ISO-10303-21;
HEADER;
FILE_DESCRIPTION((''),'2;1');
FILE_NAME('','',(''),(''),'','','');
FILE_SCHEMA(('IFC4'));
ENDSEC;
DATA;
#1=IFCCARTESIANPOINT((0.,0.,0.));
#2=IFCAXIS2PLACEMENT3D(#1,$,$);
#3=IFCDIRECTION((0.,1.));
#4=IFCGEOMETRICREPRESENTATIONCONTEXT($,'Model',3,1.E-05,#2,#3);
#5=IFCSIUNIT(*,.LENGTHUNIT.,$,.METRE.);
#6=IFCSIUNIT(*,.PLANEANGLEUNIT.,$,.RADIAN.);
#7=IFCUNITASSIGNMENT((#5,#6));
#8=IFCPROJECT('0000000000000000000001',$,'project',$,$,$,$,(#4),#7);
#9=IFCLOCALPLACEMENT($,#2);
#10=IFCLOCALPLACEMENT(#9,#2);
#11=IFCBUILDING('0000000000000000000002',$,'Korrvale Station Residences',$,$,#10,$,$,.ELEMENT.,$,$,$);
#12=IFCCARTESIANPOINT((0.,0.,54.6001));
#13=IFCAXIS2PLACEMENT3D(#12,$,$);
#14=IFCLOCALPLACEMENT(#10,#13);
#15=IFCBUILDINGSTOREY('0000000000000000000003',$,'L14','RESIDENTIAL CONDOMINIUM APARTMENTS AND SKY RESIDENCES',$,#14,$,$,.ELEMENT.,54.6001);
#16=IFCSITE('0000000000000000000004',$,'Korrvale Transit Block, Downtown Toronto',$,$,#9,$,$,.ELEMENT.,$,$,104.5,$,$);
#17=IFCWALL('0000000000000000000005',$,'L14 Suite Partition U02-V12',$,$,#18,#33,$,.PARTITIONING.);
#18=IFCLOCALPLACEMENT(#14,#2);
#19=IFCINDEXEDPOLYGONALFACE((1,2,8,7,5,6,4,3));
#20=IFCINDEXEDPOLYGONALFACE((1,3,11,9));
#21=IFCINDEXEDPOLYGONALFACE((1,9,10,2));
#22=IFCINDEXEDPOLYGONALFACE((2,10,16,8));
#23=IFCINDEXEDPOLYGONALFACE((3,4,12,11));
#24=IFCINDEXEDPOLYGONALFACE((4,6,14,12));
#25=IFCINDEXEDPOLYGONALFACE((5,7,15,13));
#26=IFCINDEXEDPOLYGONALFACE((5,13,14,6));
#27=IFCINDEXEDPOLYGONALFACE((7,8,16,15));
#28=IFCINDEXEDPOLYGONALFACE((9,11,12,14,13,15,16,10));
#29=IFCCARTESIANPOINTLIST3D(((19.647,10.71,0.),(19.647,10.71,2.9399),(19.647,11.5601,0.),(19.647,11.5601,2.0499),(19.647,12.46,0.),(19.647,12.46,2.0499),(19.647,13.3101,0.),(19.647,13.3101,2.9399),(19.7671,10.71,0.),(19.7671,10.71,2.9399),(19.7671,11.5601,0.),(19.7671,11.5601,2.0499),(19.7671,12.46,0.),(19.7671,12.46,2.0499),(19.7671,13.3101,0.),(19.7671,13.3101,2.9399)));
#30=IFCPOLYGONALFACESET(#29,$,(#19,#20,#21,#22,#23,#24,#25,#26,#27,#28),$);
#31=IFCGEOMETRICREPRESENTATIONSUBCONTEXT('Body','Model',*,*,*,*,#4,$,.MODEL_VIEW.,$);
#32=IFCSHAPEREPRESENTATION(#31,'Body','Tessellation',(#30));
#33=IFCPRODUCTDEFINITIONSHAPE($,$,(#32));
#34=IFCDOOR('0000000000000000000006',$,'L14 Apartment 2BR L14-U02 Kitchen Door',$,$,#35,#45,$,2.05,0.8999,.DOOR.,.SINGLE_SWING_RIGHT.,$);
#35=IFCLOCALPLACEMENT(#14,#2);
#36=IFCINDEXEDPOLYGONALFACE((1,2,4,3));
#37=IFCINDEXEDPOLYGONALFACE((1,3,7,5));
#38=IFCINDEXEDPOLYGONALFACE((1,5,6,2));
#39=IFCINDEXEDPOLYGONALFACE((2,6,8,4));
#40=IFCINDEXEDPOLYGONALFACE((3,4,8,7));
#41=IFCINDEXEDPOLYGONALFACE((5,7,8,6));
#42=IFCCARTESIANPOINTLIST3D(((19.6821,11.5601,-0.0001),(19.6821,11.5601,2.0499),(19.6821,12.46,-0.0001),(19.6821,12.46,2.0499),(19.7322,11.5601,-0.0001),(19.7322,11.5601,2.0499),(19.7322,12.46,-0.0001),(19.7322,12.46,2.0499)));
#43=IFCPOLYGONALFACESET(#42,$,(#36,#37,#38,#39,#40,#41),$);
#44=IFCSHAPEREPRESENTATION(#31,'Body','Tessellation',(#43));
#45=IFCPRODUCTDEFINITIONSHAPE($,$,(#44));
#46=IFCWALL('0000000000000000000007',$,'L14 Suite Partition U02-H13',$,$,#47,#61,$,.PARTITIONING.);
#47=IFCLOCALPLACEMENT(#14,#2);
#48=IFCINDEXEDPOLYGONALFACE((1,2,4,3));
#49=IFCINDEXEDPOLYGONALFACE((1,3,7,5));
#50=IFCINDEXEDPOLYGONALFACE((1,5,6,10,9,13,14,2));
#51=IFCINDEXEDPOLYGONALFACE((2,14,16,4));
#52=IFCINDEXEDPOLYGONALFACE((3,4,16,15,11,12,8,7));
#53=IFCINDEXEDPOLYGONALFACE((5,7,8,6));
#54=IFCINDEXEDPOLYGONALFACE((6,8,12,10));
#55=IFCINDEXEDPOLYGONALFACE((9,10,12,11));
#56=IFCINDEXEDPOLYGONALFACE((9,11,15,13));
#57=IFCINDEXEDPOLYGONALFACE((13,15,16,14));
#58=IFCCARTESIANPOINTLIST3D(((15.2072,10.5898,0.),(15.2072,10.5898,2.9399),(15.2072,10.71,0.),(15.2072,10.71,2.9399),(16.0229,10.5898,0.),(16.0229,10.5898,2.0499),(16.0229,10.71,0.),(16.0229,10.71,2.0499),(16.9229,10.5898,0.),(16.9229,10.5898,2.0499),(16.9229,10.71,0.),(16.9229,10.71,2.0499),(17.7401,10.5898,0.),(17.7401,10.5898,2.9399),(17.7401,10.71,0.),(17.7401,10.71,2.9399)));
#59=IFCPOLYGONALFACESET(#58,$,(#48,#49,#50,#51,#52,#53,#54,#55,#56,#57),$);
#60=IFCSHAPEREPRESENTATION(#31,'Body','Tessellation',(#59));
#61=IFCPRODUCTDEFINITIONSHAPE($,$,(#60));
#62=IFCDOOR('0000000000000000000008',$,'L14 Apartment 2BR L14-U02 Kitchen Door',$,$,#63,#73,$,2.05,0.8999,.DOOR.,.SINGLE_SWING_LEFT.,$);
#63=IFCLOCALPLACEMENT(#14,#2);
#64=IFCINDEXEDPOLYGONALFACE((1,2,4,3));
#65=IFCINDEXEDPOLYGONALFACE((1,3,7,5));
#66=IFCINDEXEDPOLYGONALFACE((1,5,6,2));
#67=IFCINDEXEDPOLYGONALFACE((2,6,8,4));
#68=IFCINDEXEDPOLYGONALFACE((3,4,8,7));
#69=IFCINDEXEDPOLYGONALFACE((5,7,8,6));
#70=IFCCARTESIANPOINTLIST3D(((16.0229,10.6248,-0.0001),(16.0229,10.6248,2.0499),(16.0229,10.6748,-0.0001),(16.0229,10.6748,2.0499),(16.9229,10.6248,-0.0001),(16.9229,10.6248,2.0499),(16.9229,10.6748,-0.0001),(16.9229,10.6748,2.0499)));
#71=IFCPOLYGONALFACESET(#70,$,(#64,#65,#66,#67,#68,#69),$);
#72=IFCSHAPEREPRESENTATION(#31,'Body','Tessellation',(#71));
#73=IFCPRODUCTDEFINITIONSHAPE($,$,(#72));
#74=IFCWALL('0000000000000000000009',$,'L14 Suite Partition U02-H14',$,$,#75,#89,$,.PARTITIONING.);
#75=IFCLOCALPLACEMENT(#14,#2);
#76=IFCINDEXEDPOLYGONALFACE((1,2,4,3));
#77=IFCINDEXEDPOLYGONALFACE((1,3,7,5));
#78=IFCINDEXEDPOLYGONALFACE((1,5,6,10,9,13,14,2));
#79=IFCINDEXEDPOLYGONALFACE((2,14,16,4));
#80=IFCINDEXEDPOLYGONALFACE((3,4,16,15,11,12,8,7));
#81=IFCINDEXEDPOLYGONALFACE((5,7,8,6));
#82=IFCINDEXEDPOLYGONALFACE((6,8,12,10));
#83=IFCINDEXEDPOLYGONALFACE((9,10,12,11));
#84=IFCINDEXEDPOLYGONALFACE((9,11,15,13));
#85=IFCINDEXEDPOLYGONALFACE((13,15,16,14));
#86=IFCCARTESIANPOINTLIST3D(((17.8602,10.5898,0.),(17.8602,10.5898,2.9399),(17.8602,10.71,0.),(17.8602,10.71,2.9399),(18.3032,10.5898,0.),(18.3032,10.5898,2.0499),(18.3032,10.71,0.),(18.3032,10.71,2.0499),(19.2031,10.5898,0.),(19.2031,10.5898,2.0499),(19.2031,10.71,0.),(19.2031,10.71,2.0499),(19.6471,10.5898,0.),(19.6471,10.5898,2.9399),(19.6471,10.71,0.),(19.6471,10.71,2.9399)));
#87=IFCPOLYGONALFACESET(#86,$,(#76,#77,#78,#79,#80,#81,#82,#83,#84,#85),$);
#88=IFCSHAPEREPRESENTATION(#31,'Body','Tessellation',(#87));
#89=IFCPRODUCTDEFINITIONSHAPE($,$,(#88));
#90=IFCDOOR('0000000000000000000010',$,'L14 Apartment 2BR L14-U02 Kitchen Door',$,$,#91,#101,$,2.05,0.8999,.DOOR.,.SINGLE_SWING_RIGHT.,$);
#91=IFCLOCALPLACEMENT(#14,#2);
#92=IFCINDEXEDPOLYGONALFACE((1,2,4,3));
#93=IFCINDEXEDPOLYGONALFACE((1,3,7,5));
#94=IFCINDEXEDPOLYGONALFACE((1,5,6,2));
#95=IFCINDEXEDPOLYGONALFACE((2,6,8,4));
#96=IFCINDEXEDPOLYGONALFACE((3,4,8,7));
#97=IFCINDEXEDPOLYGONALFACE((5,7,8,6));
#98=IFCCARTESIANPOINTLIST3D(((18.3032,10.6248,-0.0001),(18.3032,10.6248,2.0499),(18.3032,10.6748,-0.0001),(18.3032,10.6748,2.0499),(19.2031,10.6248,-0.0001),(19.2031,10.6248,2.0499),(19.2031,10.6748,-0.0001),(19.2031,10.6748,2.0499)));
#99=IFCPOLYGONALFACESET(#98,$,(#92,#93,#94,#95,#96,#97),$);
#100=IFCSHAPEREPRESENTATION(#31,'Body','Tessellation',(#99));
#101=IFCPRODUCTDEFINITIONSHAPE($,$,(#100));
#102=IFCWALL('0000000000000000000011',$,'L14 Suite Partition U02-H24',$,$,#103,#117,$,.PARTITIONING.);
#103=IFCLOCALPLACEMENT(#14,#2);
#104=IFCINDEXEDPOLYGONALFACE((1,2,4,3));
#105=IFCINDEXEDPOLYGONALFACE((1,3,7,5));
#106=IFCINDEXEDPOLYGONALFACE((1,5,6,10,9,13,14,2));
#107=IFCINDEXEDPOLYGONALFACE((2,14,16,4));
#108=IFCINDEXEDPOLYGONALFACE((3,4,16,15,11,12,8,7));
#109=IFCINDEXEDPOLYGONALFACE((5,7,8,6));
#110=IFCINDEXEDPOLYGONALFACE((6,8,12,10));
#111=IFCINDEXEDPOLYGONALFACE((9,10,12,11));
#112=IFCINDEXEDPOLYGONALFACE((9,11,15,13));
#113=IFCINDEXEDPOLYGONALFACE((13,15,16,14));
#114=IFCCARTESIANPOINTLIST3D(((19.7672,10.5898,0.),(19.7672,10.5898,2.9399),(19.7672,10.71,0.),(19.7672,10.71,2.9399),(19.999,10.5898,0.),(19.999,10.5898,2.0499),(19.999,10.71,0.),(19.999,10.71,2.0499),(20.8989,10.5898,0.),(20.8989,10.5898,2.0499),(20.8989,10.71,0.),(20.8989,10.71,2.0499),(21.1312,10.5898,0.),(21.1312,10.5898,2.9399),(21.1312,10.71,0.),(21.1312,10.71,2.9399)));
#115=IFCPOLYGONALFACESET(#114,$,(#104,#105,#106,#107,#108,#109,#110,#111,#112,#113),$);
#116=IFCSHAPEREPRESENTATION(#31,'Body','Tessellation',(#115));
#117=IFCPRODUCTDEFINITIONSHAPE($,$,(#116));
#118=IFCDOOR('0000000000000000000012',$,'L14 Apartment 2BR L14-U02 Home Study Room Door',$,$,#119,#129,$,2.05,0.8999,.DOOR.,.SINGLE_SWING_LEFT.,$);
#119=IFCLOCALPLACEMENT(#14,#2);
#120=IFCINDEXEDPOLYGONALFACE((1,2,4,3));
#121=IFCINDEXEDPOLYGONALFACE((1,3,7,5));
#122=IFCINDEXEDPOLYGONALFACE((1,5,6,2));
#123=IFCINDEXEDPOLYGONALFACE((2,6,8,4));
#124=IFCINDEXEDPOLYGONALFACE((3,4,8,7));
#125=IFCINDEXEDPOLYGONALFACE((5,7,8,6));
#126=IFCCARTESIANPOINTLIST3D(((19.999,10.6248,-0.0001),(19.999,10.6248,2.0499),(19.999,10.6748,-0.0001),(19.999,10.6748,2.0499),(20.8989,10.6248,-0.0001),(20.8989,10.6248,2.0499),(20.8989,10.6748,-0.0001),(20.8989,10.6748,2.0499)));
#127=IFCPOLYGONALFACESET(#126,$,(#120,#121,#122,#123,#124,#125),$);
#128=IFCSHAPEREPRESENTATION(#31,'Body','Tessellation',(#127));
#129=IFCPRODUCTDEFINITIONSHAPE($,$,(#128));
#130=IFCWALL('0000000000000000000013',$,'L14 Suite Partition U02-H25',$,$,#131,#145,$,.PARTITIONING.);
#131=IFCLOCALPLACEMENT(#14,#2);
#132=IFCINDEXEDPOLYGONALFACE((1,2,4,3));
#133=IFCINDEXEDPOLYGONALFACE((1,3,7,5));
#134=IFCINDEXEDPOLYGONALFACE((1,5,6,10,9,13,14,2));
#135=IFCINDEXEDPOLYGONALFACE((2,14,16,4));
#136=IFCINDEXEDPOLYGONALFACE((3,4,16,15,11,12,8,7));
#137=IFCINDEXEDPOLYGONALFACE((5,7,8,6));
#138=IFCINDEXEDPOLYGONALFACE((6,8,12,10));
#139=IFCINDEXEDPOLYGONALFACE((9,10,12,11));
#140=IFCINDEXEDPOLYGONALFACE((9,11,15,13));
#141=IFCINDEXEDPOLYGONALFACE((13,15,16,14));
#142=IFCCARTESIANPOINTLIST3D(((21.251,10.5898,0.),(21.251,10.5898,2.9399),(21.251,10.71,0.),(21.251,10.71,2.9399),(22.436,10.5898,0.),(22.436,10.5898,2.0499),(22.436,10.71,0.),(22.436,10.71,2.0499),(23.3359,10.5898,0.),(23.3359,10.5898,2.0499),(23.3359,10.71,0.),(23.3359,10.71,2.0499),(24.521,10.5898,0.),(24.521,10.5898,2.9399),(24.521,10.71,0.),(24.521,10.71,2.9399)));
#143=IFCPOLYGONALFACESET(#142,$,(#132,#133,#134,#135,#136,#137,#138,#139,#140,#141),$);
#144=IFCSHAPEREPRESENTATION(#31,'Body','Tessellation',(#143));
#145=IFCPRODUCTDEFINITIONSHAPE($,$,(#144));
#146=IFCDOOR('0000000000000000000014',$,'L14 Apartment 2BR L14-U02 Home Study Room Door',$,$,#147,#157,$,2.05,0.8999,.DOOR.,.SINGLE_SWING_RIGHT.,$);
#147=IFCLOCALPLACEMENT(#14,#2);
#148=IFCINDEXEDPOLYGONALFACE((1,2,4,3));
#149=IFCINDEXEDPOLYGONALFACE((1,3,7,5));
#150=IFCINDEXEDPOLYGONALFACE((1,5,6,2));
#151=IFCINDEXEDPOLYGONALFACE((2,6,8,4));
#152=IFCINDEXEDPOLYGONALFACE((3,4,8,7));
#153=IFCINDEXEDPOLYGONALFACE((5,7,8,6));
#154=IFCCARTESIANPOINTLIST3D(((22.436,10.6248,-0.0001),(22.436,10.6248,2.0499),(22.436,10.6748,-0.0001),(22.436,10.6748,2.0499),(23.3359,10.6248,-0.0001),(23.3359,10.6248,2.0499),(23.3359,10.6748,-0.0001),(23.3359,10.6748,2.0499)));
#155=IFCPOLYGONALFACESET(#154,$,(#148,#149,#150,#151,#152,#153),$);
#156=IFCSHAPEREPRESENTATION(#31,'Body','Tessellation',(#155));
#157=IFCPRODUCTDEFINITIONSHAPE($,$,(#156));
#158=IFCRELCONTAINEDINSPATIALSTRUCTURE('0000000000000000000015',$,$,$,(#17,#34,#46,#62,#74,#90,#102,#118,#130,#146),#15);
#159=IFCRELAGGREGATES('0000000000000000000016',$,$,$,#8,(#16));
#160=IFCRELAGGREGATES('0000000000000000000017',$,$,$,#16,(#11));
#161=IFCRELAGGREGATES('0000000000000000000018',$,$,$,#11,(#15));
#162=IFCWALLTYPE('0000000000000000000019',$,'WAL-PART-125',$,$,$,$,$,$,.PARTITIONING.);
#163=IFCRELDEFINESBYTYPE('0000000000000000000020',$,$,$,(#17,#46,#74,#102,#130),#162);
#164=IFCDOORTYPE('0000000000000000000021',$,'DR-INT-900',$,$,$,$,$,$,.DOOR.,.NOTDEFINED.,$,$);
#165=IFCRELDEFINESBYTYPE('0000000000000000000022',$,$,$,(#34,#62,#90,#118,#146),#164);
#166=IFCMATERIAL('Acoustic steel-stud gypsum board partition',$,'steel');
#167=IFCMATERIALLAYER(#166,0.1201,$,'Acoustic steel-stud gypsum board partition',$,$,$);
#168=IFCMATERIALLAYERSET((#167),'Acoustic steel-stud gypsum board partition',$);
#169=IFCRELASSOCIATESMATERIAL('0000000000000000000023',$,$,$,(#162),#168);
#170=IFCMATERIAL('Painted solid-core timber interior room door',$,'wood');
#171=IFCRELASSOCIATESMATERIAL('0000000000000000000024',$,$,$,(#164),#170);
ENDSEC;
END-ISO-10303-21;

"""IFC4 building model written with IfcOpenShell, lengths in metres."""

from ifc_helpers import new_model, si_unit, direction, frame, frame_2d, origin, place, context, subcontext, project, spatial, rectangle, extrude, material, layer, layer_set, type_object, element, fill, save


model = new_model("IFC4")

# Units and contexts
model_context = context("Model", 3, precision=1e-05, world=origin(), true_north=direction((0.0, 1.0)))
body_context = subcontext(model_context, "Body", "Model", "MODEL_VIEW")
ifc_project = project(units=[si_unit("LENGTHUNIT", "METRE"), si_unit("PLANEANGLEUNIT", "RADIAN")], contexts=[model_context])

# Site, building, storey
site_placement = place(None, origin())
site = spatial("IfcSite", under=ifc_project, at=site_placement, Name="Korrvale Transit Block, Downtown Toronto", CompositionType="ELEMENT", RefElevation=104.5)
building_placement = place(site_placement, origin())
building = spatial("IfcBuilding", under=site, at=building_placement, Name="Korrvale Station Residences", CompositionType="ELEMENT")
storey_placement = place(building_placement, frame((0.0, 0.0, 54.6001)))
storey = spatial("IfcBuildingStorey", under=building, at=storey_placement, Name="L14", Description="RESIDENTIAL CONDOMINIUM APARTMENTS AND SKY RESIDENCES", CompositionType="ELEMENT", Elevation=54.6001)

# Shared definitions
ifc_material_1 = material(Name="Acoustic steel-stud gypsum board partition", Category="steel")
ifc_layer_1 = layer(ifc_material_1, 0.1201, Name="Acoustic steel-stud gypsum board partition")
ifc_layer_set_1 = layer_set([ifc_layer_1], Name="Acoustic steel-stud gypsum board partition")
wall_type_1 = type_object("IfcWallType", Name="WAL-PART-125", PredefinedType="PARTITIONING", material=ifc_layer_set_1)

# Walls, openings, doors
wall_1_placement = place(storey_placement, frame((19.707, 10.71, 0.0), z_axis=(0.0, 0.0, 1.0), x_axis=(0.0, 1.0, 0.0)))
wall_1 = element("IfcWall", 1, at=wall_1_placement, inside=storey, type_object=wall_type_1, Name="L14 Suite Partition U02-V12", PredefinedType="PARTITIONING", context=body_context, shape_type="SweptSolid", body=[
    extrude(rectangle(XDim=2.6001, YDim=0.1201, at=frame_2d((1.3, 0.0))), origin(), (0.0, 0.0, 1.0), 2.9399),
])
opening_1_placement = place(wall_1_placement, frame((0.8501, 0.0, 0.0)))
opening_1 = element("IfcOpeningElement", 2, at=opening_1_placement, cuts=wall_1, PredefinedType="OPENING", context=body_context, shape_type="SweptSolid", body=[
    extrude(rectangle(XDim=0.8999, YDim=2.05, at=frame_2d((0.45, 1.0249))), frame((0.0, 0.0701, 0.0), z_axis=(0.0, -1.0, 0.0), x_axis=(1.0, 0.0, 0.0)), (0.0, 0.0, 1.0), 0.1401),
])
ifc_material_2 = material(Name="Painted solid-core timber interior room door", Category="wood")
door_type_1 = type_object("IfcDoorType", Name="DR-INT-900", OperationType="NOTDEFINED", PredefinedType="DOOR", material=ifc_material_2)
door_1_placement = place(opening_1_placement, origin())
door_1 = element("IfcDoor", 3, at=door_1_placement, inside=storey, type_object=door_type_1, Name="L14 Apartment 2BR L14-U02 Kitchen Door", OperationType="SINGLE_SWING_RIGHT", OverallHeight=2.05, OverallWidth=0.8999, PredefinedType="DOOR", context=body_context, shape_type="SweptSolid", body=[
    extrude(rectangle(XDim=0.8999, YDim=2.05, at=frame_2d((0.45, 1.0249))), frame((0.0, 0.0249, 0.0), z_axis=(0.0, -1.0, 0.0), x_axis=(1.0, 0.0, 0.0)), (0.0, 0.0, 1.0), 0.05),
])
fill(opening_1, door_1)
wall_2_placement = place(storey_placement, frame((15.207, 10.6499, 0.0), z_axis=(0.0, 0.0, 1.0), x_axis=(1.0, 0.0, 0.0)))
wall_2 = element("IfcWall", 4, at=wall_2_placement, inside=storey, type_object=wall_type_1, Name="L14 Suite Partition U02-H13", PredefinedType="PARTITIONING", context=body_context, shape_type="SweptSolid", body=[
    extrude(rectangle(XDim=2.533, YDim=0.1201, at=frame_2d((1.2666, 0.0))), origin(), (0.0, 0.0, 1.0), 2.9399),
])
opening_2_placement = place(wall_2_placement, frame((0.8159, 0.0, 0.0)))
opening_2 = element("IfcOpeningElement", 5, at=opening_2_placement, cuts=wall_2, PredefinedType="OPENING", context=body_context, shape_type="SweptSolid", body=[
    extrude(rectangle(XDim=0.8999, YDim=2.05, at=frame_2d((0.45, 1.0249))), frame((0.0, 0.0701, 0.0), z_axis=(0.0, -1.0, 0.0), x_axis=(1.0, 0.0, 0.0)), (0.0, 0.0, 1.0), 0.1401),
])
door_2_placement = place(opening_2_placement, origin())
door_2 = element("IfcDoor", 6, at=door_2_placement, inside=storey, type_object=door_type_1, Name="L14 Apartment 2BR L14-U02 Kitchen Door", OperationType="SINGLE_SWING_LEFT", OverallHeight=2.05, OverallWidth=0.8999, PredefinedType="DOOR", context=body_context, shape_type="SweptSolid", body=[
    extrude(rectangle(XDim=0.8999, YDim=2.05, at=frame_2d((0.45, 1.0249))), frame((0.0, 0.0249, 0.0), z_axis=(0.0, -1.0, 0.0), x_axis=(1.0, 0.0, 0.0)), (0.0, 0.0, 1.0), 0.05),
])
fill(opening_2, door_2)
wall_3_placement = place(storey_placement, frame((17.8601, 10.6499, 0.0), z_axis=(0.0, 0.0, 1.0), x_axis=(1.0, 0.0, 0.0)))
wall_3 = element("IfcWall", 7, at=wall_3_placement, inside=storey, type_object=wall_type_1, Name="L14 Suite Partition U02-H14", PredefinedType="PARTITIONING", context=body_context, shape_type="SweptSolid", body=[
    extrude(rectangle(XDim=1.7869, YDim=0.1201, at=frame_2d((0.8936, 0.0))), origin(), (0.0, 0.0, 1.0), 2.9399),
])
opening_3_placement = place(wall_3_placement, frame((0.4431, 0.0, 0.0)))
opening_3 = element("IfcOpeningElement", 8, at=opening_3_placement, cuts=wall_3, PredefinedType="OPENING", context=body_context, shape_type="SweptSolid", body=[
    extrude(rectangle(XDim=0.8999, YDim=2.05, at=frame_2d((0.45, 1.0249))), frame((0.0, 0.0701, 0.0), z_axis=(0.0, -1.0, 0.0), x_axis=(1.0, 0.0, 0.0)), (0.0, 0.0, 1.0), 0.1401),
])
door_3_placement = place(opening_3_placement, origin())
door_3 = element("IfcDoor", 9, at=door_3_placement, inside=storey, type_object=door_type_1, Name="L14 Apartment 2BR L14-U02 Kitchen Door", OperationType="SINGLE_SWING_RIGHT", OverallHeight=2.05, OverallWidth=0.8999, PredefinedType="DOOR", context=body_context, shape_type="SweptSolid", body=[
    extrude(rectangle(XDim=0.8999, YDim=2.05, at=frame_2d((0.45, 1.0249))), frame((0.0, 0.0249, 0.0), z_axis=(0.0, -1.0, 0.0), x_axis=(1.0, 0.0, 0.0)), (0.0, 0.0, 1.0), 0.05),
])
fill(opening_3, door_3)
wall_4_placement = place(storey_placement, frame((19.7671, 10.6499, 0.0), z_axis=(0.0, 0.0, 1.0), x_axis=(1.0, 0.0, 0.0)))
wall_4 = element("IfcWall", 10, at=wall_4_placement, inside=storey, type_object=wall_type_1, Name="L14 Suite Partition U02-H24", PredefinedType="PARTITIONING", context=body_context, shape_type="SweptSolid", body=[
    extrude(rectangle(XDim=1.364, YDim=0.1201, at=frame_2d((0.6821, 0.0))), origin(), (0.0, 0.0, 1.0), 2.9399),
])
opening_4_placement = place(wall_4_placement, frame((0.2319, 0.0, 0.0)))
opening_4 = element("IfcOpeningElement", 11, at=opening_4_placement, cuts=wall_4, PredefinedType="OPENING", context=body_context, shape_type="SweptSolid", body=[
    extrude(rectangle(XDim=0.8999, YDim=2.05, at=frame_2d((0.45, 1.0249))), frame((0.0, 0.0701, 0.0), z_axis=(0.0, -1.0, 0.0), x_axis=(1.0, 0.0, 0.0)), (0.0, 0.0, 1.0), 0.1401),
])
door_4_placement = place(opening_4_placement, origin())
door_4 = element("IfcDoor", 12, at=door_4_placement, inside=storey, type_object=door_type_1, Name="L14 Apartment 2BR L14-U02 Home Study Room Door", OperationType="SINGLE_SWING_LEFT", OverallHeight=2.05, OverallWidth=0.8999, PredefinedType="DOOR", context=body_context, shape_type="SweptSolid", body=[
    extrude(rectangle(XDim=0.8999, YDim=2.05, at=frame_2d((0.45, 1.0249))), frame((0.0, 0.0249, 0.0), z_axis=(0.0, -1.0, 0.0), x_axis=(1.0, 0.0, 0.0)), (0.0, 0.0, 1.0), 0.05),
])
fill(opening_4, door_4)
wall_5_placement = place(storey_placement, frame((21.251, 10.6499, 0.0), z_axis=(0.0, 0.0, 1.0), x_axis=(1.0, 0.0, 0.0)))
wall_5 = element("IfcWall", 13, at=wall_5_placement, inside=storey, type_object=wall_type_1, Name="L14 Suite Partition U02-H25", PredefinedType="PARTITIONING", context=body_context, shape_type="SweptSolid", body=[
    extrude(rectangle(XDim=3.27, YDim=0.1201, at=frame_2d((1.635, 0.0))), origin(), (0.0, 0.0, 1.0), 2.9399),
])
opening_5_placement = place(wall_5_placement, frame((1.1851, 0.0, 0.0)))
opening_5 = element("IfcOpeningElement", 14, at=opening_5_placement, cuts=wall_5, PredefinedType="OPENING", context=body_context, shape_type="SweptSolid", body=[
    extrude(rectangle(XDim=0.8999, YDim=2.05, at=frame_2d((0.45, 1.0249))), frame((0.0, 0.0701, 0.0), z_axis=(0.0, -1.0, 0.0), x_axis=(1.0, 0.0, 0.0)), (0.0, 0.0, 1.0), 0.1401),
])
door_5_placement = place(opening_5_placement, origin())
door_5 = element("IfcDoor", 15, at=door_5_placement, inside=storey, type_object=door_type_1, Name="L14 Apartment 2BR L14-U02 Home Study Room Door", OperationType="SINGLE_SWING_RIGHT", OverallHeight=2.05, OverallWidth=0.8999, PredefinedType="DOOR", context=body_context, shape_type="SweptSolid", body=[
    extrude(rectangle(XDim=0.8999, YDim=2.05, at=frame_2d((0.45, 1.0249))), frame((0.0, 0.0249, 0.0), z_axis=(0.0, -1.0, 0.0), x_axis=(1.0, 0.0, 0.0)), (0.0, 0.0, 1.0), 0.05),
])
fill(opening_5, door_5)

save(model, "model.ifc")
